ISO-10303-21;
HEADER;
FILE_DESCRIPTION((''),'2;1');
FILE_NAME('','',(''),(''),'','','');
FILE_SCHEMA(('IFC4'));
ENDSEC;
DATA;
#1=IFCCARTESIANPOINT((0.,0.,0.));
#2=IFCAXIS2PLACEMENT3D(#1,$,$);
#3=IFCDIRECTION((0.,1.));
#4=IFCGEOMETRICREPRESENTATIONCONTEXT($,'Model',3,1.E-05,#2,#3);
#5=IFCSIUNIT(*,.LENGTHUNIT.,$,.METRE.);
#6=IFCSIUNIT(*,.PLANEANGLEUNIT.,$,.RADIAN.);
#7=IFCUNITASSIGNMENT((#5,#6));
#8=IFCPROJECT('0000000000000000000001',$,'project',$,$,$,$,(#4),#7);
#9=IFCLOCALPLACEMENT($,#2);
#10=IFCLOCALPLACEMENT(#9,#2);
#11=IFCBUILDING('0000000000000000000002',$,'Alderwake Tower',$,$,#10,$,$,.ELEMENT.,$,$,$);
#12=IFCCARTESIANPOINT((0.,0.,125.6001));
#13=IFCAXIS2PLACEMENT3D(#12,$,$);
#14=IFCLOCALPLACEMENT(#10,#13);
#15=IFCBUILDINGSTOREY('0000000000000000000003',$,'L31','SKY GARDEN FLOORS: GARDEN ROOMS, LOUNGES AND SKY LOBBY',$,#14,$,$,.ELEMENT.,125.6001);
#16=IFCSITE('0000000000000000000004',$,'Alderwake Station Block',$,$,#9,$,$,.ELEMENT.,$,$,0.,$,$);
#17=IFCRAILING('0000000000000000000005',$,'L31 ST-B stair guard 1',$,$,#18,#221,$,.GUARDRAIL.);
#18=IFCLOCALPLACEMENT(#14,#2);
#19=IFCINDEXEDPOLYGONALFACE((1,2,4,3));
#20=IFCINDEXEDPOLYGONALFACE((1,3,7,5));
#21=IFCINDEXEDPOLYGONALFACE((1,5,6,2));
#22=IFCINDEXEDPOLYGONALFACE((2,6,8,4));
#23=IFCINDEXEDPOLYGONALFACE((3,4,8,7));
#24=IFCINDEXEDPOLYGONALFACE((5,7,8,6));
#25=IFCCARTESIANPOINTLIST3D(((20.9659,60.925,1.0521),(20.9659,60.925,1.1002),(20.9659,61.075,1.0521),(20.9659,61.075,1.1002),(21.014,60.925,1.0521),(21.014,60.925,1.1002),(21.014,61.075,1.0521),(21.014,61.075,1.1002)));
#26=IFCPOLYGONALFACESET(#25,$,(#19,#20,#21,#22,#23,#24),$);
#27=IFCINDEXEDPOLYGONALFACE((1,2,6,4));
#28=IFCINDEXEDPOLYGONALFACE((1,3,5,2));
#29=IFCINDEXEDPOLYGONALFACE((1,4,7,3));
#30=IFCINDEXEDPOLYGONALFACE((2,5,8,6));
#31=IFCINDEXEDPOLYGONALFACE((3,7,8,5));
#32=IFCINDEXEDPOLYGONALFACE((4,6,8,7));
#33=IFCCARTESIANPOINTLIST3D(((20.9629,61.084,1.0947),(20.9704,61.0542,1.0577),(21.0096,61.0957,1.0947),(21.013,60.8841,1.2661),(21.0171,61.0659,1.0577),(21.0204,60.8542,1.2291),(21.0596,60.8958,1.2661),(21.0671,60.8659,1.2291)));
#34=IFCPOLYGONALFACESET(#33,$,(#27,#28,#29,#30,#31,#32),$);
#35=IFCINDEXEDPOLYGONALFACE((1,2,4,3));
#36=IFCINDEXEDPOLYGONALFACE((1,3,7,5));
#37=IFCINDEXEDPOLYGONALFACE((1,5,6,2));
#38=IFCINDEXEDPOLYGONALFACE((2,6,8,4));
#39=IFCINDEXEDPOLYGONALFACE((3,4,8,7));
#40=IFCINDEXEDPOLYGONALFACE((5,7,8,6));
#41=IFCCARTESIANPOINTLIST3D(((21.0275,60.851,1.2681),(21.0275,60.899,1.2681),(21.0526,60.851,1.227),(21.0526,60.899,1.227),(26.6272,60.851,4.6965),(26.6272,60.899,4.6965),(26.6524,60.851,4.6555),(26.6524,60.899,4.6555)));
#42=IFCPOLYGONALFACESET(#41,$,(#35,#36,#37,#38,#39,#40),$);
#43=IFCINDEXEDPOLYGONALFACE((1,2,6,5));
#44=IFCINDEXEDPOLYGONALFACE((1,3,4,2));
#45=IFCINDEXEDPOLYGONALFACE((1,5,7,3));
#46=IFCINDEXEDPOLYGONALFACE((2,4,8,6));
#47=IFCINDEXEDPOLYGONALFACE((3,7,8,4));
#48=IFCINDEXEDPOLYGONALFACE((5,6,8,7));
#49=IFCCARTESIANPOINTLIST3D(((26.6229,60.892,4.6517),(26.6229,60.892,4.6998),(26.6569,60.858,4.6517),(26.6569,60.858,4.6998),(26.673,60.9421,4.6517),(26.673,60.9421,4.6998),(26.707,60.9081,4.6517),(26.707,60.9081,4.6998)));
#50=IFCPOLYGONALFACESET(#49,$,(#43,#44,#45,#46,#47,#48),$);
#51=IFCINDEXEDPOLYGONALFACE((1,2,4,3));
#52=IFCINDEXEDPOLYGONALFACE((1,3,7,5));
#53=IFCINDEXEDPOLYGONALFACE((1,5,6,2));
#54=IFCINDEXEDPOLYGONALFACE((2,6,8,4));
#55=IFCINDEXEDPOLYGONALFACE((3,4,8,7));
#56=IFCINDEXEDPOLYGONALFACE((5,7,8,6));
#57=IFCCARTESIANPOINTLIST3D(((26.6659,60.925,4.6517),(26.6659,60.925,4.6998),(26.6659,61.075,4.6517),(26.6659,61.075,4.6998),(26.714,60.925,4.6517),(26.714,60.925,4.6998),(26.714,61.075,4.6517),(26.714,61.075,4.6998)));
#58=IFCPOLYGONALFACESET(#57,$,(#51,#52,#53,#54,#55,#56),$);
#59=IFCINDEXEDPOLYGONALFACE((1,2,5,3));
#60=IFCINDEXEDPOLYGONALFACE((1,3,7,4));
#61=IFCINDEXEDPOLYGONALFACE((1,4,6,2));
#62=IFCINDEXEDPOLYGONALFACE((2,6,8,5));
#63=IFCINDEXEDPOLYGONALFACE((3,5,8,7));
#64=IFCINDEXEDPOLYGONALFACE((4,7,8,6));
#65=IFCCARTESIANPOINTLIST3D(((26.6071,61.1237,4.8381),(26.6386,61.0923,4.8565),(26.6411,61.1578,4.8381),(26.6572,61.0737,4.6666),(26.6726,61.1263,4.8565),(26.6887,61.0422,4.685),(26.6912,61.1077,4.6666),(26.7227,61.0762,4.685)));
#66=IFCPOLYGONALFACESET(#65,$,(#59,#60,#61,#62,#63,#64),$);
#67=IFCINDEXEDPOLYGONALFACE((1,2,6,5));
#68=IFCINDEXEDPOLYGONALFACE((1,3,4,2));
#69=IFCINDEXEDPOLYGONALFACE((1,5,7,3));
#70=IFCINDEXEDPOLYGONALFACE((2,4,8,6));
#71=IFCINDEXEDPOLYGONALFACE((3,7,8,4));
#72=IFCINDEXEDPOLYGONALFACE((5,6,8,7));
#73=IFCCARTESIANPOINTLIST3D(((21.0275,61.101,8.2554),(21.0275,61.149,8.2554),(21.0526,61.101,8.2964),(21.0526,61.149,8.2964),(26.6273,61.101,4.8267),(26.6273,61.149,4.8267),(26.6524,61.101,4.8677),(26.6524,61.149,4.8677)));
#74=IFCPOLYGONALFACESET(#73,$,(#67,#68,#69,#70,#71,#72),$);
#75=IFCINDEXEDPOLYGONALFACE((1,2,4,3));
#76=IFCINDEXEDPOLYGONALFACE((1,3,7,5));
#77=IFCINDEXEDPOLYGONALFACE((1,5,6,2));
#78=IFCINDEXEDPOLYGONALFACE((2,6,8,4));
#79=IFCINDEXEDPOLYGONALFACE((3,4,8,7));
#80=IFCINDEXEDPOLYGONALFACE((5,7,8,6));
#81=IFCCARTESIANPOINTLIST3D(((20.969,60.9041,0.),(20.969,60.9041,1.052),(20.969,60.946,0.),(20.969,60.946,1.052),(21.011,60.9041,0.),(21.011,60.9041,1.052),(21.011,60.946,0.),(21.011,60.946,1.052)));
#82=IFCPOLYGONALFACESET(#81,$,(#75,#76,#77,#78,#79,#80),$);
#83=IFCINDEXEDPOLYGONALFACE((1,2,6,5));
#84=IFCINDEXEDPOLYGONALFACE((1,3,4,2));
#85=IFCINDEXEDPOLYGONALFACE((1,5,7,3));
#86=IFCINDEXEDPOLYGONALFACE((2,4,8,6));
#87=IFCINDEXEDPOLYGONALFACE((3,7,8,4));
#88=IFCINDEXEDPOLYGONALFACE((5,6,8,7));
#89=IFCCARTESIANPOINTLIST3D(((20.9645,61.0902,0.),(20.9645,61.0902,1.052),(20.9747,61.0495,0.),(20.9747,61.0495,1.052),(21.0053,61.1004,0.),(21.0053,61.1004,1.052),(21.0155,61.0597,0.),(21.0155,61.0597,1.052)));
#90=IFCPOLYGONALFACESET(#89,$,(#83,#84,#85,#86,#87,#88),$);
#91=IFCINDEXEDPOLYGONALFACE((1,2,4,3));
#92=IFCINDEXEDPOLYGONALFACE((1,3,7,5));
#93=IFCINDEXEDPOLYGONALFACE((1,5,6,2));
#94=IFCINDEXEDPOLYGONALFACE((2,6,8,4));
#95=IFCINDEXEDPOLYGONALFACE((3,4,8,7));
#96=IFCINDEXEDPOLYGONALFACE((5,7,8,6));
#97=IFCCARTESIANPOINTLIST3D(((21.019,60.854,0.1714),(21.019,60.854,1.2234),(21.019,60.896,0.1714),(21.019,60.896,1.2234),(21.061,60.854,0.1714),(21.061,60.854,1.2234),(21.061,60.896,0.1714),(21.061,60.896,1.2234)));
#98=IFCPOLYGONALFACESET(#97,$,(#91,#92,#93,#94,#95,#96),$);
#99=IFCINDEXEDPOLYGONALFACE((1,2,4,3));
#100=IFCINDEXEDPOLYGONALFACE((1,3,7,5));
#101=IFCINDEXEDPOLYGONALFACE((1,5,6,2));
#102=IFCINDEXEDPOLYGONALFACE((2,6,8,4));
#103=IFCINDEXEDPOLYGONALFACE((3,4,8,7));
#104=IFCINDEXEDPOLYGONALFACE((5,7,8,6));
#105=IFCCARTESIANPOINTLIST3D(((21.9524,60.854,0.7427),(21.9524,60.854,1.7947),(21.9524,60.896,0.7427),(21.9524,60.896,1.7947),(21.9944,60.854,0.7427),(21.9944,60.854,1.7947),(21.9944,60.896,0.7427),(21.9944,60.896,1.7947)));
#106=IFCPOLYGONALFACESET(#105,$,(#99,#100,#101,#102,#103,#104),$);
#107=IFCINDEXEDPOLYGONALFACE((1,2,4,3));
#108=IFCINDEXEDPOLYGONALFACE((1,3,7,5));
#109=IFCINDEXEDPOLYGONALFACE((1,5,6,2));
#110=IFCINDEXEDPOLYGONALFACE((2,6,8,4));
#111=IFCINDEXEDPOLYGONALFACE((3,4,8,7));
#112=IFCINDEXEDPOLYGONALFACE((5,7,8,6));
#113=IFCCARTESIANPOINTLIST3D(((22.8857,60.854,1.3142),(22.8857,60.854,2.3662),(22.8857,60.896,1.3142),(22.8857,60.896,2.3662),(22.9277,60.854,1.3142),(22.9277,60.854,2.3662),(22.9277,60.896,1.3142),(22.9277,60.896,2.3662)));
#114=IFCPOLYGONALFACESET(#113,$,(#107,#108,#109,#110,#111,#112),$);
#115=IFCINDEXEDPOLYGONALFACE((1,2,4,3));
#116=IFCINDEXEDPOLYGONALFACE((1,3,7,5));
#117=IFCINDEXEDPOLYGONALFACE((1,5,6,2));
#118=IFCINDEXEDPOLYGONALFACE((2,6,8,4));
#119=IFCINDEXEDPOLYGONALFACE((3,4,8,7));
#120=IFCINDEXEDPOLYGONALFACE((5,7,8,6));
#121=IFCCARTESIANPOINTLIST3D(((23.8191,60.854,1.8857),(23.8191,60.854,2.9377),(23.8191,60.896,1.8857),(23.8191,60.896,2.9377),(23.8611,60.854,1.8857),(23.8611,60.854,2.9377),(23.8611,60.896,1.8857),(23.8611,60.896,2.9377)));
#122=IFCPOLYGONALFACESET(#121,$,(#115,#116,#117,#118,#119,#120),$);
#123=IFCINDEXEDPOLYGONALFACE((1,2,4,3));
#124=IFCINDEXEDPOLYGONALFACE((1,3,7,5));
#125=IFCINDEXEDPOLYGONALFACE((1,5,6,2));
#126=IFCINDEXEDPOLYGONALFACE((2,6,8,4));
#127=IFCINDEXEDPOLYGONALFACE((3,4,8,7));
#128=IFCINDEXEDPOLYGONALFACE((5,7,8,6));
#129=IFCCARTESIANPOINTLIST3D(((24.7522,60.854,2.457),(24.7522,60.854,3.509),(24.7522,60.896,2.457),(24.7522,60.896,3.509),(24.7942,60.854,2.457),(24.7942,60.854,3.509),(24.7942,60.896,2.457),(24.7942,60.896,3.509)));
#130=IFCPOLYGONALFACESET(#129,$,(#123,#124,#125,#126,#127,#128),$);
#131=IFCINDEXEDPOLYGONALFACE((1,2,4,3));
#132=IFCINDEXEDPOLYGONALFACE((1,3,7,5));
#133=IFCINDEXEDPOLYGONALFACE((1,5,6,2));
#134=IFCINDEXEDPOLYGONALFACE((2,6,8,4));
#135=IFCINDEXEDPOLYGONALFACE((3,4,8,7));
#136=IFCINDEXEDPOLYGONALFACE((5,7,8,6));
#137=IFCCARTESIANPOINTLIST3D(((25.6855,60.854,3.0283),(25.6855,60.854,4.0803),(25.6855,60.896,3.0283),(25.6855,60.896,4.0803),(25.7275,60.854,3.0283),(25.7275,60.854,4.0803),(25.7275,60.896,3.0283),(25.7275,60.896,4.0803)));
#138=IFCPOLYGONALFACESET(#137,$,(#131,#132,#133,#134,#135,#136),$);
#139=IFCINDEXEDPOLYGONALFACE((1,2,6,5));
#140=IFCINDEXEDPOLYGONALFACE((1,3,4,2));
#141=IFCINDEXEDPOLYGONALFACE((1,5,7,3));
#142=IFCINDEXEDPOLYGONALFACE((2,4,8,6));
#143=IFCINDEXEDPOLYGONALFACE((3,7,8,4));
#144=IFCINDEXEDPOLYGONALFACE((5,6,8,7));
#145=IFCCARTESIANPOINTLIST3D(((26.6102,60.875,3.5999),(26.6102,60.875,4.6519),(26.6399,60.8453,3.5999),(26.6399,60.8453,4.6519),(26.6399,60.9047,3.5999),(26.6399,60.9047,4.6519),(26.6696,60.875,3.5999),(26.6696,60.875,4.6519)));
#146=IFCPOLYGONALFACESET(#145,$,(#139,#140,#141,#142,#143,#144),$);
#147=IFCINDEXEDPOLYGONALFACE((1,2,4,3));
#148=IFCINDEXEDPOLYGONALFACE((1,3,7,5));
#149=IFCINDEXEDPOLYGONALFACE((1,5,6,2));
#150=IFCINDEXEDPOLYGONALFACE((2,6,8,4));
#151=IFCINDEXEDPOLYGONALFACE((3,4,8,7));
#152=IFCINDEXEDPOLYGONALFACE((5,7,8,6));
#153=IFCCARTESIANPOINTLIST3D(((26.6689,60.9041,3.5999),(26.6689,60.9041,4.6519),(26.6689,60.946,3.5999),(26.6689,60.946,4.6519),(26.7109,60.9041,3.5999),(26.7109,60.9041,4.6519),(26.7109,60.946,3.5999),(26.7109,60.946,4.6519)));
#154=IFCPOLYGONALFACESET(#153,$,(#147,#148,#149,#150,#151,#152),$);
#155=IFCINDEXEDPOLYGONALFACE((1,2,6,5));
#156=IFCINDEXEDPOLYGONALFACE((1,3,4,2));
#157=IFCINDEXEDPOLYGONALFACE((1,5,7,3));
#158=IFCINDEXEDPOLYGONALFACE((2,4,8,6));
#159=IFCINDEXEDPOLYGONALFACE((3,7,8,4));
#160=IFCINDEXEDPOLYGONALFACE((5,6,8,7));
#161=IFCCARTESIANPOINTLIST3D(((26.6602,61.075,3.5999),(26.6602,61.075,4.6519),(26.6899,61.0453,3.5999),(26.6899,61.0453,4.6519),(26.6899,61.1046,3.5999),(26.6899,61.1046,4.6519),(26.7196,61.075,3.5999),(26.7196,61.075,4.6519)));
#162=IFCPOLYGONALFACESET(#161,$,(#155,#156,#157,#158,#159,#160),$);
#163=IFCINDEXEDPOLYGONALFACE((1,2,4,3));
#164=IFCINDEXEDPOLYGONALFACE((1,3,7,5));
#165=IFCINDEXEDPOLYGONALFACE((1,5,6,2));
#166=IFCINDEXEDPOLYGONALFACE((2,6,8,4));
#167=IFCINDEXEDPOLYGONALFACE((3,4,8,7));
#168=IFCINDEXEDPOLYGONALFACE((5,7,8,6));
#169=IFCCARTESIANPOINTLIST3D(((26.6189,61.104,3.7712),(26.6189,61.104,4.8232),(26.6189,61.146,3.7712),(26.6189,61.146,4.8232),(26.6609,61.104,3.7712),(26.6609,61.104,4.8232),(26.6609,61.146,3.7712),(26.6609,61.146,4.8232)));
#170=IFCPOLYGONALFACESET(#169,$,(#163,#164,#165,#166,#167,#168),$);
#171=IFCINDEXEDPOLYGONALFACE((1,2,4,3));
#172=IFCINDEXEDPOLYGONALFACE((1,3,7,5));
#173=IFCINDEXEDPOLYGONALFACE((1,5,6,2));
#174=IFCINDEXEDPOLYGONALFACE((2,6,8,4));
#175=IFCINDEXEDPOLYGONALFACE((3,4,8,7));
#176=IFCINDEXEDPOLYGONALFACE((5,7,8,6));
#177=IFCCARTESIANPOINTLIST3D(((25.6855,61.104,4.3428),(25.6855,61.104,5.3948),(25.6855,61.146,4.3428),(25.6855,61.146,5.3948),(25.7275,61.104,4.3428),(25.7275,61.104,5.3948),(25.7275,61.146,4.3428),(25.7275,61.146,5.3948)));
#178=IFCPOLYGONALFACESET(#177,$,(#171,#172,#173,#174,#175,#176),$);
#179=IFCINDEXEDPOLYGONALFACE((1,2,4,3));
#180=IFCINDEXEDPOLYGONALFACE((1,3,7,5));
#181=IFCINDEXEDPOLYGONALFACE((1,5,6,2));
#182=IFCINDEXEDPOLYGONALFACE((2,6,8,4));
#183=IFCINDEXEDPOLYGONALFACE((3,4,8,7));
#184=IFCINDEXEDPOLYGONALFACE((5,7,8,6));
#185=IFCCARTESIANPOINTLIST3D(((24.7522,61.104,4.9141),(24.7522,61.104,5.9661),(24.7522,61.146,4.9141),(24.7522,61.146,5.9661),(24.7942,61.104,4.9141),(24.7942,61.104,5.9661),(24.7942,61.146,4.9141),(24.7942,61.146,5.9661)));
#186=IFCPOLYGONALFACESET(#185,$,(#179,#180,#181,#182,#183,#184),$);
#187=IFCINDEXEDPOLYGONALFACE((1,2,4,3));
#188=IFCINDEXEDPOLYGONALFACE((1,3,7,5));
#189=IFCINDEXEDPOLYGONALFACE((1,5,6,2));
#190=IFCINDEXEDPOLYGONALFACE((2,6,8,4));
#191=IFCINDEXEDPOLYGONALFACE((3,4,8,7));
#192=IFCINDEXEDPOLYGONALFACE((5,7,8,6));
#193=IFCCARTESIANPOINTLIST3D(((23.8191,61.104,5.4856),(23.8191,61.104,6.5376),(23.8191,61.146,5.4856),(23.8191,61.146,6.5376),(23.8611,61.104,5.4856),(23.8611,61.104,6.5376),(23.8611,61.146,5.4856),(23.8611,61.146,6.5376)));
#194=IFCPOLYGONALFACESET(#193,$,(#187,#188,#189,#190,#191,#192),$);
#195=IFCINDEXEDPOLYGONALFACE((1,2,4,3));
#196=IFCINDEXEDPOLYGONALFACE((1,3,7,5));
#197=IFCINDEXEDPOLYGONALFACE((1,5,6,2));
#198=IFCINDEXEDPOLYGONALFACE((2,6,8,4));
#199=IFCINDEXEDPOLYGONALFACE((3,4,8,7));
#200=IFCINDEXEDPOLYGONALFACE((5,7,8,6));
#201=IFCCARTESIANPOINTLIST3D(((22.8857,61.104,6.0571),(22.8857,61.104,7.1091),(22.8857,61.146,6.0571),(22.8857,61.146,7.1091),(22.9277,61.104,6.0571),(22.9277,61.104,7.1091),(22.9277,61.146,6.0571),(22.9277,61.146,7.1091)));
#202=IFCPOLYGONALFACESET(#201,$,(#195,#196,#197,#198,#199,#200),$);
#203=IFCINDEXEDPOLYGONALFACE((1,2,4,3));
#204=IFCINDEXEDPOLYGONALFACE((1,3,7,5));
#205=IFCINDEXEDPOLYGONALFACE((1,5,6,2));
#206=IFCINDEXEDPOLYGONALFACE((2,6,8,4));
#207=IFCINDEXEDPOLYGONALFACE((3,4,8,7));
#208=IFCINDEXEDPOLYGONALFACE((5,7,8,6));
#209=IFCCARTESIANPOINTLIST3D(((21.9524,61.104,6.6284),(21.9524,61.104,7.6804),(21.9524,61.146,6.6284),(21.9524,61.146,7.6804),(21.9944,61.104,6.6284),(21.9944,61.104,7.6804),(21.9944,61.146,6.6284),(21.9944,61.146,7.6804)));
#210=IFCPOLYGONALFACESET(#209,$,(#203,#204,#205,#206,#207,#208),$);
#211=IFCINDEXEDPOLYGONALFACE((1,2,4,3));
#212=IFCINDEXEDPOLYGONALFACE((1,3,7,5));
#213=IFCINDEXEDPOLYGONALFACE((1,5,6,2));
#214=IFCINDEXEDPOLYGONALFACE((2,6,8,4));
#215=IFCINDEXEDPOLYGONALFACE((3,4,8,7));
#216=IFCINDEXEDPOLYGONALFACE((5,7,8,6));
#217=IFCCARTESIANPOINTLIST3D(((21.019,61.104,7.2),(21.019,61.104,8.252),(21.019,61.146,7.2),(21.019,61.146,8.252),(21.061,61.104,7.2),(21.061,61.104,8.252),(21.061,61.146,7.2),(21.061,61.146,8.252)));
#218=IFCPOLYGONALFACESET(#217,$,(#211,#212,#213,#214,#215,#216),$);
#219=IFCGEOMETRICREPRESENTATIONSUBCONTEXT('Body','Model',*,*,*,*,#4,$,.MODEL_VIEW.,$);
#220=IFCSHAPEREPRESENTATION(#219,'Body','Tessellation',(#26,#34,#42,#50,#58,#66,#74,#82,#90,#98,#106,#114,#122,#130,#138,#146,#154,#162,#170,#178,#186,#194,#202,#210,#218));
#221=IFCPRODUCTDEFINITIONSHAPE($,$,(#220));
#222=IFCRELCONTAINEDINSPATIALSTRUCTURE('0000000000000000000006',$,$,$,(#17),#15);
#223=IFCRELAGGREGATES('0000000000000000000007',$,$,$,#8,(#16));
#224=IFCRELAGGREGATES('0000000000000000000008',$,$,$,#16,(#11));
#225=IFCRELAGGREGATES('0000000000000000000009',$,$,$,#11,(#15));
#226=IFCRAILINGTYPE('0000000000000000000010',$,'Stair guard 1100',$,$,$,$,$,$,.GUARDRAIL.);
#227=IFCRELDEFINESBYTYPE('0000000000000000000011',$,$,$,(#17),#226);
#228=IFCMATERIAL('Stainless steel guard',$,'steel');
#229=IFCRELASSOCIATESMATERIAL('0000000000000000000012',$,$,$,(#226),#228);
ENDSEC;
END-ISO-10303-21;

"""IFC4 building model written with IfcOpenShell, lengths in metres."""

from ifc_helpers import new_model, si_unit, direction, frame, origin, origin_2d, place, context, subcontext, project, spatial, rectangle, extrude, material, type_object, element, save


model = new_model("IFC4")

# Units and contexts
model_context = context("Model", 3, precision=1e-05, world=origin(), true_north=direction((0.0, 1.0)))
body_context = subcontext(model_context, "Body", "Model", "MODEL_VIEW")
ifc_project = project(units=[si_unit("LENGTHUNIT", "METRE"), si_unit("PLANEANGLEUNIT", "RADIAN")], contexts=[model_context])

# Site, building, storey
site_placement = place(None, origin())
site = spatial("IfcSite", under=ifc_project, at=site_placement, Name="Alderwake Station Block", CompositionType="ELEMENT", RefElevation=0.0)
building_placement = place(site_placement, origin())
building = spatial("IfcBuilding", under=site, at=building_placement, Name="Alderwake Tower", CompositionType="ELEMENT")
storey_placement = place(building_placement, frame((0.0, 0.0, 125.6001)))
storey = spatial("IfcBuildingStorey", under=building, at=storey_placement, Name="L31", Description="SKY GARDEN FLOORS: GARDEN ROOMS, LOUNGES AND SKY LOBBY", CompositionType="ELEMENT", Elevation=125.6001)

# Railing
ifc_material_1 = material(Name="Stainless steel guard", Category="steel")
railing_type_1 = type_object("IfcRailingType", Name="Stair guard 1100", PredefinedType="GUARDRAIL", material=ifc_material_1)
railing_1_placement = place(storey_placement, frame((20.99, 60.925, 0.0)))
element("IfcRailing", 1, at=railing_1_placement, inside=storey, type_object=railing_type_1, Name="L31 ST-B stair guard 1", PredefinedType="GUARDRAIL", context=body_context, shape_type="SweptSolid", body=[
    extrude(rectangle(XDim=0.0481, YDim=0.0481, at=origin_2d()), frame((0.0, 0.0, 1.0762), z_axis=(0.0, 1.0, 0.0), x_axis=(-1.0, 0.0, 0.0)), (0.0, 0.0, 1.0), 0.1499),
    extrude(rectangle(XDim=0.0481, YDim=0.0481, at=origin_2d()), frame((0.0, 0.1499, 1.0762), z_axis=(0.186704, -0.745906, 0.639348), x_axis=(0.970073, 0.242814, 0.0)), (0.0, 0.0, 1.0), 0.2681),
    extrude(rectangle(XDim=0.0481, YDim=0.0481, at=origin_2d()), frame((0.05, -0.05, 1.2476), z_axis=(0.852852, 0.0, 0.522152), x_axis=(0.0, 1.0, 0.0)), (0.0, 0.0, 1.0), 6.5659),
    extrude(rectangle(XDim=0.0481, YDim=0.0481, at=origin_2d()), frame((5.6499, -0.05, 4.6758), z_axis=(0.707107, 0.707107, 0.0), x_axis=(-0.707107, 0.707107, 0.0)), (0.0, 0.0, 1.0), 0.0708),
    extrude(rectangle(XDim=0.0481, YDim=0.0481, at=origin_2d()), frame((5.7, 0.0, 4.6758), z_axis=(0.0, 1.0, 0.0), x_axis=(-1.0, 0.0, 0.0)), (0.0, 0.0, 1.0), 0.1499),
    extrude(rectangle(XDim=0.0481, YDim=0.0481, at=origin_2d()), frame((5.7, 0.1499, 4.6758), z_axis=(-0.269911, 0.269911, 0.924281), x_axis=(-0.707107, -0.707107, 0.0)), (0.0, 0.0, 1.0), 0.1855),
    extrude(rectangle(XDim=0.0481, YDim=0.0481, at=origin_2d()), frame((5.6499, 0.2, 4.8472), z_axis=(-0.852836, 0.0, 0.522179), x_axis=(0.0, -1.0, 0.0)), (0.0, 0.0, 1.0), 6.5662),
    extrude(rectangle(XDim=0.042, YDim=0.042, at=origin_2d()), frame((0.0, 0.0, 0.0), z_axis=(0.0, 0.0, 1.0), x_axis=(0.0, 1.0, 0.0)), (0.0, 0.0, 1.0), 1.052),
    extrude(rectangle(XDim=0.042, YDim=0.042, at=origin_2d()), frame((0.0, 0.1499, 0.0), z_axis=(0.0, 0.0, 1.0), x_axis=(0.242814, -0.970073, 0.0)), (0.0, 0.0, 1.0), 1.052),
    extrude(rectangle(XDim=0.042, YDim=0.042, at=origin_2d()), frame((0.05, -0.05, 0.1714), z_axis=(0.0, 0.0, 1.0), x_axis=(1.0, 0.0, 0.0)), (0.0, 0.0, 1.0), 1.052),
    extrude(rectangle(XDim=0.042, YDim=0.042, at=origin_2d()), frame((0.9834, -0.05, 0.7427), z_axis=(0.0, 0.0, 1.0), x_axis=(1.0, 0.0, 0.0)), (0.0, 0.0, 1.0), 1.052),
    extrude(rectangle(XDim=0.042, YDim=0.042, at=origin_2d()), frame((1.9167, -0.05, 1.3142), z_axis=(0.0, 0.0, 1.0), x_axis=(1.0, 0.0, 0.0)), (0.0, 0.0, 1.0), 1.052),
    extrude(rectangle(XDim=0.042, YDim=0.042, at=origin_2d()), frame((2.8501, -0.05, 1.8857), z_axis=(0.0, 0.0, 1.0), x_axis=(1.0, 0.0, 0.0)), (0.0, 0.0, 1.0), 1.052),
    extrude(rectangle(XDim=0.042, YDim=0.042, at=origin_2d()), frame((3.7832, -0.05, 2.457), z_axis=(0.0, 0.0, 1.0), x_axis=(1.0, 0.0, 0.0)), (0.0, 0.0, 1.0), 1.052),
    extrude(rectangle(XDim=0.042, YDim=0.042, at=origin_2d()), frame((4.7166, -0.05, 3.0283), z_axis=(0.0, 0.0, 1.0), x_axis=(1.0, 0.0, 0.0)), (0.0, 0.0, 1.0), 1.052),
    extrude(rectangle(XDim=0.042, YDim=0.042, at=origin_2d()), frame((5.6499, -0.05, 3.5999), z_axis=(0.0, 0.0, 1.0), x_axis=(0.707107, 0.707107, 0.0)), (0.0, 0.0, 1.0), 1.052),
    extrude(rectangle(XDim=0.042, YDim=0.042, at=origin_2d()), frame((5.7, 0.0, 3.5999), z_axis=(0.0, 0.0, 1.0), x_axis=(0.0, 1.0, 0.0)), (0.0, 0.0, 1.0), 1.052),
    extrude(rectangle(XDim=0.042, YDim=0.042, at=origin_2d()), frame((5.7, 0.1499, 3.5999), z_axis=(0.0, 0.0, 1.0), x_axis=(-0.707107, 0.707107, 0.0)), (0.0, 0.0, 1.0), 1.052),
    extrude(rectangle(XDim=0.042, YDim=0.042, at=origin_2d()), frame((5.6499, 0.2, 3.7712), z_axis=(0.0, 0.0, 1.0), x_axis=(-1.0, 0.0, 0.0)), (0.0, 0.0, 1.0), 1.052),
    extrude(rectangle(XDim=0.042, YDim=0.042, at=origin_2d()), frame((4.7166, 0.2, 4.3428), z_axis=(0.0, 0.0, 1.0), x_axis=(-1.0, 0.0, 0.0)), (0.0, 0.0, 1.0), 1.052),
    extrude(rectangle(XDim=0.042, YDim=0.042, at=origin_2d()), frame((3.7832, 0.2, 4.9141), z_axis=(0.0, 0.0, 1.0), x_axis=(-1.0, 0.0, 0.0)), (0.0, 0.0, 1.0), 1.052),
    extrude(rectangle(XDim=0.042, YDim=0.042, at=origin_2d()), frame((2.8501, 0.2, 5.4856), z_axis=(0.0, 0.0, 1.0), x_axis=(-1.0, 0.0, 0.0)), (0.0, 0.0, 1.0), 1.052),
    extrude(rectangle(XDim=0.042, YDim=0.042, at=origin_2d()), frame((1.9167, 0.2, 6.0571), z_axis=(0.0, 0.0, 1.0), x_axis=(-1.0, 0.0, 0.0)), (0.0, 0.0, 1.0), 1.052),
    extrude(rectangle(XDim=0.042, YDim=0.042, at=origin_2d()), frame((0.9834, 0.2, 6.6284), z_axis=(0.0, 0.0, 1.0), x_axis=(-1.0, 0.0, 0.0)), (0.0, 0.0, 1.0), 1.052),
    extrude(rectangle(XDim=0.042, YDim=0.042, at=origin_2d()), frame((0.05, 0.2, 7.2), z_axis=(0.0, 0.0, 1.0), x_axis=(-1.0, 0.0, 0.0)), (0.0, 0.0, 1.0), 1.052),
])

save(model, "model.ifc")
